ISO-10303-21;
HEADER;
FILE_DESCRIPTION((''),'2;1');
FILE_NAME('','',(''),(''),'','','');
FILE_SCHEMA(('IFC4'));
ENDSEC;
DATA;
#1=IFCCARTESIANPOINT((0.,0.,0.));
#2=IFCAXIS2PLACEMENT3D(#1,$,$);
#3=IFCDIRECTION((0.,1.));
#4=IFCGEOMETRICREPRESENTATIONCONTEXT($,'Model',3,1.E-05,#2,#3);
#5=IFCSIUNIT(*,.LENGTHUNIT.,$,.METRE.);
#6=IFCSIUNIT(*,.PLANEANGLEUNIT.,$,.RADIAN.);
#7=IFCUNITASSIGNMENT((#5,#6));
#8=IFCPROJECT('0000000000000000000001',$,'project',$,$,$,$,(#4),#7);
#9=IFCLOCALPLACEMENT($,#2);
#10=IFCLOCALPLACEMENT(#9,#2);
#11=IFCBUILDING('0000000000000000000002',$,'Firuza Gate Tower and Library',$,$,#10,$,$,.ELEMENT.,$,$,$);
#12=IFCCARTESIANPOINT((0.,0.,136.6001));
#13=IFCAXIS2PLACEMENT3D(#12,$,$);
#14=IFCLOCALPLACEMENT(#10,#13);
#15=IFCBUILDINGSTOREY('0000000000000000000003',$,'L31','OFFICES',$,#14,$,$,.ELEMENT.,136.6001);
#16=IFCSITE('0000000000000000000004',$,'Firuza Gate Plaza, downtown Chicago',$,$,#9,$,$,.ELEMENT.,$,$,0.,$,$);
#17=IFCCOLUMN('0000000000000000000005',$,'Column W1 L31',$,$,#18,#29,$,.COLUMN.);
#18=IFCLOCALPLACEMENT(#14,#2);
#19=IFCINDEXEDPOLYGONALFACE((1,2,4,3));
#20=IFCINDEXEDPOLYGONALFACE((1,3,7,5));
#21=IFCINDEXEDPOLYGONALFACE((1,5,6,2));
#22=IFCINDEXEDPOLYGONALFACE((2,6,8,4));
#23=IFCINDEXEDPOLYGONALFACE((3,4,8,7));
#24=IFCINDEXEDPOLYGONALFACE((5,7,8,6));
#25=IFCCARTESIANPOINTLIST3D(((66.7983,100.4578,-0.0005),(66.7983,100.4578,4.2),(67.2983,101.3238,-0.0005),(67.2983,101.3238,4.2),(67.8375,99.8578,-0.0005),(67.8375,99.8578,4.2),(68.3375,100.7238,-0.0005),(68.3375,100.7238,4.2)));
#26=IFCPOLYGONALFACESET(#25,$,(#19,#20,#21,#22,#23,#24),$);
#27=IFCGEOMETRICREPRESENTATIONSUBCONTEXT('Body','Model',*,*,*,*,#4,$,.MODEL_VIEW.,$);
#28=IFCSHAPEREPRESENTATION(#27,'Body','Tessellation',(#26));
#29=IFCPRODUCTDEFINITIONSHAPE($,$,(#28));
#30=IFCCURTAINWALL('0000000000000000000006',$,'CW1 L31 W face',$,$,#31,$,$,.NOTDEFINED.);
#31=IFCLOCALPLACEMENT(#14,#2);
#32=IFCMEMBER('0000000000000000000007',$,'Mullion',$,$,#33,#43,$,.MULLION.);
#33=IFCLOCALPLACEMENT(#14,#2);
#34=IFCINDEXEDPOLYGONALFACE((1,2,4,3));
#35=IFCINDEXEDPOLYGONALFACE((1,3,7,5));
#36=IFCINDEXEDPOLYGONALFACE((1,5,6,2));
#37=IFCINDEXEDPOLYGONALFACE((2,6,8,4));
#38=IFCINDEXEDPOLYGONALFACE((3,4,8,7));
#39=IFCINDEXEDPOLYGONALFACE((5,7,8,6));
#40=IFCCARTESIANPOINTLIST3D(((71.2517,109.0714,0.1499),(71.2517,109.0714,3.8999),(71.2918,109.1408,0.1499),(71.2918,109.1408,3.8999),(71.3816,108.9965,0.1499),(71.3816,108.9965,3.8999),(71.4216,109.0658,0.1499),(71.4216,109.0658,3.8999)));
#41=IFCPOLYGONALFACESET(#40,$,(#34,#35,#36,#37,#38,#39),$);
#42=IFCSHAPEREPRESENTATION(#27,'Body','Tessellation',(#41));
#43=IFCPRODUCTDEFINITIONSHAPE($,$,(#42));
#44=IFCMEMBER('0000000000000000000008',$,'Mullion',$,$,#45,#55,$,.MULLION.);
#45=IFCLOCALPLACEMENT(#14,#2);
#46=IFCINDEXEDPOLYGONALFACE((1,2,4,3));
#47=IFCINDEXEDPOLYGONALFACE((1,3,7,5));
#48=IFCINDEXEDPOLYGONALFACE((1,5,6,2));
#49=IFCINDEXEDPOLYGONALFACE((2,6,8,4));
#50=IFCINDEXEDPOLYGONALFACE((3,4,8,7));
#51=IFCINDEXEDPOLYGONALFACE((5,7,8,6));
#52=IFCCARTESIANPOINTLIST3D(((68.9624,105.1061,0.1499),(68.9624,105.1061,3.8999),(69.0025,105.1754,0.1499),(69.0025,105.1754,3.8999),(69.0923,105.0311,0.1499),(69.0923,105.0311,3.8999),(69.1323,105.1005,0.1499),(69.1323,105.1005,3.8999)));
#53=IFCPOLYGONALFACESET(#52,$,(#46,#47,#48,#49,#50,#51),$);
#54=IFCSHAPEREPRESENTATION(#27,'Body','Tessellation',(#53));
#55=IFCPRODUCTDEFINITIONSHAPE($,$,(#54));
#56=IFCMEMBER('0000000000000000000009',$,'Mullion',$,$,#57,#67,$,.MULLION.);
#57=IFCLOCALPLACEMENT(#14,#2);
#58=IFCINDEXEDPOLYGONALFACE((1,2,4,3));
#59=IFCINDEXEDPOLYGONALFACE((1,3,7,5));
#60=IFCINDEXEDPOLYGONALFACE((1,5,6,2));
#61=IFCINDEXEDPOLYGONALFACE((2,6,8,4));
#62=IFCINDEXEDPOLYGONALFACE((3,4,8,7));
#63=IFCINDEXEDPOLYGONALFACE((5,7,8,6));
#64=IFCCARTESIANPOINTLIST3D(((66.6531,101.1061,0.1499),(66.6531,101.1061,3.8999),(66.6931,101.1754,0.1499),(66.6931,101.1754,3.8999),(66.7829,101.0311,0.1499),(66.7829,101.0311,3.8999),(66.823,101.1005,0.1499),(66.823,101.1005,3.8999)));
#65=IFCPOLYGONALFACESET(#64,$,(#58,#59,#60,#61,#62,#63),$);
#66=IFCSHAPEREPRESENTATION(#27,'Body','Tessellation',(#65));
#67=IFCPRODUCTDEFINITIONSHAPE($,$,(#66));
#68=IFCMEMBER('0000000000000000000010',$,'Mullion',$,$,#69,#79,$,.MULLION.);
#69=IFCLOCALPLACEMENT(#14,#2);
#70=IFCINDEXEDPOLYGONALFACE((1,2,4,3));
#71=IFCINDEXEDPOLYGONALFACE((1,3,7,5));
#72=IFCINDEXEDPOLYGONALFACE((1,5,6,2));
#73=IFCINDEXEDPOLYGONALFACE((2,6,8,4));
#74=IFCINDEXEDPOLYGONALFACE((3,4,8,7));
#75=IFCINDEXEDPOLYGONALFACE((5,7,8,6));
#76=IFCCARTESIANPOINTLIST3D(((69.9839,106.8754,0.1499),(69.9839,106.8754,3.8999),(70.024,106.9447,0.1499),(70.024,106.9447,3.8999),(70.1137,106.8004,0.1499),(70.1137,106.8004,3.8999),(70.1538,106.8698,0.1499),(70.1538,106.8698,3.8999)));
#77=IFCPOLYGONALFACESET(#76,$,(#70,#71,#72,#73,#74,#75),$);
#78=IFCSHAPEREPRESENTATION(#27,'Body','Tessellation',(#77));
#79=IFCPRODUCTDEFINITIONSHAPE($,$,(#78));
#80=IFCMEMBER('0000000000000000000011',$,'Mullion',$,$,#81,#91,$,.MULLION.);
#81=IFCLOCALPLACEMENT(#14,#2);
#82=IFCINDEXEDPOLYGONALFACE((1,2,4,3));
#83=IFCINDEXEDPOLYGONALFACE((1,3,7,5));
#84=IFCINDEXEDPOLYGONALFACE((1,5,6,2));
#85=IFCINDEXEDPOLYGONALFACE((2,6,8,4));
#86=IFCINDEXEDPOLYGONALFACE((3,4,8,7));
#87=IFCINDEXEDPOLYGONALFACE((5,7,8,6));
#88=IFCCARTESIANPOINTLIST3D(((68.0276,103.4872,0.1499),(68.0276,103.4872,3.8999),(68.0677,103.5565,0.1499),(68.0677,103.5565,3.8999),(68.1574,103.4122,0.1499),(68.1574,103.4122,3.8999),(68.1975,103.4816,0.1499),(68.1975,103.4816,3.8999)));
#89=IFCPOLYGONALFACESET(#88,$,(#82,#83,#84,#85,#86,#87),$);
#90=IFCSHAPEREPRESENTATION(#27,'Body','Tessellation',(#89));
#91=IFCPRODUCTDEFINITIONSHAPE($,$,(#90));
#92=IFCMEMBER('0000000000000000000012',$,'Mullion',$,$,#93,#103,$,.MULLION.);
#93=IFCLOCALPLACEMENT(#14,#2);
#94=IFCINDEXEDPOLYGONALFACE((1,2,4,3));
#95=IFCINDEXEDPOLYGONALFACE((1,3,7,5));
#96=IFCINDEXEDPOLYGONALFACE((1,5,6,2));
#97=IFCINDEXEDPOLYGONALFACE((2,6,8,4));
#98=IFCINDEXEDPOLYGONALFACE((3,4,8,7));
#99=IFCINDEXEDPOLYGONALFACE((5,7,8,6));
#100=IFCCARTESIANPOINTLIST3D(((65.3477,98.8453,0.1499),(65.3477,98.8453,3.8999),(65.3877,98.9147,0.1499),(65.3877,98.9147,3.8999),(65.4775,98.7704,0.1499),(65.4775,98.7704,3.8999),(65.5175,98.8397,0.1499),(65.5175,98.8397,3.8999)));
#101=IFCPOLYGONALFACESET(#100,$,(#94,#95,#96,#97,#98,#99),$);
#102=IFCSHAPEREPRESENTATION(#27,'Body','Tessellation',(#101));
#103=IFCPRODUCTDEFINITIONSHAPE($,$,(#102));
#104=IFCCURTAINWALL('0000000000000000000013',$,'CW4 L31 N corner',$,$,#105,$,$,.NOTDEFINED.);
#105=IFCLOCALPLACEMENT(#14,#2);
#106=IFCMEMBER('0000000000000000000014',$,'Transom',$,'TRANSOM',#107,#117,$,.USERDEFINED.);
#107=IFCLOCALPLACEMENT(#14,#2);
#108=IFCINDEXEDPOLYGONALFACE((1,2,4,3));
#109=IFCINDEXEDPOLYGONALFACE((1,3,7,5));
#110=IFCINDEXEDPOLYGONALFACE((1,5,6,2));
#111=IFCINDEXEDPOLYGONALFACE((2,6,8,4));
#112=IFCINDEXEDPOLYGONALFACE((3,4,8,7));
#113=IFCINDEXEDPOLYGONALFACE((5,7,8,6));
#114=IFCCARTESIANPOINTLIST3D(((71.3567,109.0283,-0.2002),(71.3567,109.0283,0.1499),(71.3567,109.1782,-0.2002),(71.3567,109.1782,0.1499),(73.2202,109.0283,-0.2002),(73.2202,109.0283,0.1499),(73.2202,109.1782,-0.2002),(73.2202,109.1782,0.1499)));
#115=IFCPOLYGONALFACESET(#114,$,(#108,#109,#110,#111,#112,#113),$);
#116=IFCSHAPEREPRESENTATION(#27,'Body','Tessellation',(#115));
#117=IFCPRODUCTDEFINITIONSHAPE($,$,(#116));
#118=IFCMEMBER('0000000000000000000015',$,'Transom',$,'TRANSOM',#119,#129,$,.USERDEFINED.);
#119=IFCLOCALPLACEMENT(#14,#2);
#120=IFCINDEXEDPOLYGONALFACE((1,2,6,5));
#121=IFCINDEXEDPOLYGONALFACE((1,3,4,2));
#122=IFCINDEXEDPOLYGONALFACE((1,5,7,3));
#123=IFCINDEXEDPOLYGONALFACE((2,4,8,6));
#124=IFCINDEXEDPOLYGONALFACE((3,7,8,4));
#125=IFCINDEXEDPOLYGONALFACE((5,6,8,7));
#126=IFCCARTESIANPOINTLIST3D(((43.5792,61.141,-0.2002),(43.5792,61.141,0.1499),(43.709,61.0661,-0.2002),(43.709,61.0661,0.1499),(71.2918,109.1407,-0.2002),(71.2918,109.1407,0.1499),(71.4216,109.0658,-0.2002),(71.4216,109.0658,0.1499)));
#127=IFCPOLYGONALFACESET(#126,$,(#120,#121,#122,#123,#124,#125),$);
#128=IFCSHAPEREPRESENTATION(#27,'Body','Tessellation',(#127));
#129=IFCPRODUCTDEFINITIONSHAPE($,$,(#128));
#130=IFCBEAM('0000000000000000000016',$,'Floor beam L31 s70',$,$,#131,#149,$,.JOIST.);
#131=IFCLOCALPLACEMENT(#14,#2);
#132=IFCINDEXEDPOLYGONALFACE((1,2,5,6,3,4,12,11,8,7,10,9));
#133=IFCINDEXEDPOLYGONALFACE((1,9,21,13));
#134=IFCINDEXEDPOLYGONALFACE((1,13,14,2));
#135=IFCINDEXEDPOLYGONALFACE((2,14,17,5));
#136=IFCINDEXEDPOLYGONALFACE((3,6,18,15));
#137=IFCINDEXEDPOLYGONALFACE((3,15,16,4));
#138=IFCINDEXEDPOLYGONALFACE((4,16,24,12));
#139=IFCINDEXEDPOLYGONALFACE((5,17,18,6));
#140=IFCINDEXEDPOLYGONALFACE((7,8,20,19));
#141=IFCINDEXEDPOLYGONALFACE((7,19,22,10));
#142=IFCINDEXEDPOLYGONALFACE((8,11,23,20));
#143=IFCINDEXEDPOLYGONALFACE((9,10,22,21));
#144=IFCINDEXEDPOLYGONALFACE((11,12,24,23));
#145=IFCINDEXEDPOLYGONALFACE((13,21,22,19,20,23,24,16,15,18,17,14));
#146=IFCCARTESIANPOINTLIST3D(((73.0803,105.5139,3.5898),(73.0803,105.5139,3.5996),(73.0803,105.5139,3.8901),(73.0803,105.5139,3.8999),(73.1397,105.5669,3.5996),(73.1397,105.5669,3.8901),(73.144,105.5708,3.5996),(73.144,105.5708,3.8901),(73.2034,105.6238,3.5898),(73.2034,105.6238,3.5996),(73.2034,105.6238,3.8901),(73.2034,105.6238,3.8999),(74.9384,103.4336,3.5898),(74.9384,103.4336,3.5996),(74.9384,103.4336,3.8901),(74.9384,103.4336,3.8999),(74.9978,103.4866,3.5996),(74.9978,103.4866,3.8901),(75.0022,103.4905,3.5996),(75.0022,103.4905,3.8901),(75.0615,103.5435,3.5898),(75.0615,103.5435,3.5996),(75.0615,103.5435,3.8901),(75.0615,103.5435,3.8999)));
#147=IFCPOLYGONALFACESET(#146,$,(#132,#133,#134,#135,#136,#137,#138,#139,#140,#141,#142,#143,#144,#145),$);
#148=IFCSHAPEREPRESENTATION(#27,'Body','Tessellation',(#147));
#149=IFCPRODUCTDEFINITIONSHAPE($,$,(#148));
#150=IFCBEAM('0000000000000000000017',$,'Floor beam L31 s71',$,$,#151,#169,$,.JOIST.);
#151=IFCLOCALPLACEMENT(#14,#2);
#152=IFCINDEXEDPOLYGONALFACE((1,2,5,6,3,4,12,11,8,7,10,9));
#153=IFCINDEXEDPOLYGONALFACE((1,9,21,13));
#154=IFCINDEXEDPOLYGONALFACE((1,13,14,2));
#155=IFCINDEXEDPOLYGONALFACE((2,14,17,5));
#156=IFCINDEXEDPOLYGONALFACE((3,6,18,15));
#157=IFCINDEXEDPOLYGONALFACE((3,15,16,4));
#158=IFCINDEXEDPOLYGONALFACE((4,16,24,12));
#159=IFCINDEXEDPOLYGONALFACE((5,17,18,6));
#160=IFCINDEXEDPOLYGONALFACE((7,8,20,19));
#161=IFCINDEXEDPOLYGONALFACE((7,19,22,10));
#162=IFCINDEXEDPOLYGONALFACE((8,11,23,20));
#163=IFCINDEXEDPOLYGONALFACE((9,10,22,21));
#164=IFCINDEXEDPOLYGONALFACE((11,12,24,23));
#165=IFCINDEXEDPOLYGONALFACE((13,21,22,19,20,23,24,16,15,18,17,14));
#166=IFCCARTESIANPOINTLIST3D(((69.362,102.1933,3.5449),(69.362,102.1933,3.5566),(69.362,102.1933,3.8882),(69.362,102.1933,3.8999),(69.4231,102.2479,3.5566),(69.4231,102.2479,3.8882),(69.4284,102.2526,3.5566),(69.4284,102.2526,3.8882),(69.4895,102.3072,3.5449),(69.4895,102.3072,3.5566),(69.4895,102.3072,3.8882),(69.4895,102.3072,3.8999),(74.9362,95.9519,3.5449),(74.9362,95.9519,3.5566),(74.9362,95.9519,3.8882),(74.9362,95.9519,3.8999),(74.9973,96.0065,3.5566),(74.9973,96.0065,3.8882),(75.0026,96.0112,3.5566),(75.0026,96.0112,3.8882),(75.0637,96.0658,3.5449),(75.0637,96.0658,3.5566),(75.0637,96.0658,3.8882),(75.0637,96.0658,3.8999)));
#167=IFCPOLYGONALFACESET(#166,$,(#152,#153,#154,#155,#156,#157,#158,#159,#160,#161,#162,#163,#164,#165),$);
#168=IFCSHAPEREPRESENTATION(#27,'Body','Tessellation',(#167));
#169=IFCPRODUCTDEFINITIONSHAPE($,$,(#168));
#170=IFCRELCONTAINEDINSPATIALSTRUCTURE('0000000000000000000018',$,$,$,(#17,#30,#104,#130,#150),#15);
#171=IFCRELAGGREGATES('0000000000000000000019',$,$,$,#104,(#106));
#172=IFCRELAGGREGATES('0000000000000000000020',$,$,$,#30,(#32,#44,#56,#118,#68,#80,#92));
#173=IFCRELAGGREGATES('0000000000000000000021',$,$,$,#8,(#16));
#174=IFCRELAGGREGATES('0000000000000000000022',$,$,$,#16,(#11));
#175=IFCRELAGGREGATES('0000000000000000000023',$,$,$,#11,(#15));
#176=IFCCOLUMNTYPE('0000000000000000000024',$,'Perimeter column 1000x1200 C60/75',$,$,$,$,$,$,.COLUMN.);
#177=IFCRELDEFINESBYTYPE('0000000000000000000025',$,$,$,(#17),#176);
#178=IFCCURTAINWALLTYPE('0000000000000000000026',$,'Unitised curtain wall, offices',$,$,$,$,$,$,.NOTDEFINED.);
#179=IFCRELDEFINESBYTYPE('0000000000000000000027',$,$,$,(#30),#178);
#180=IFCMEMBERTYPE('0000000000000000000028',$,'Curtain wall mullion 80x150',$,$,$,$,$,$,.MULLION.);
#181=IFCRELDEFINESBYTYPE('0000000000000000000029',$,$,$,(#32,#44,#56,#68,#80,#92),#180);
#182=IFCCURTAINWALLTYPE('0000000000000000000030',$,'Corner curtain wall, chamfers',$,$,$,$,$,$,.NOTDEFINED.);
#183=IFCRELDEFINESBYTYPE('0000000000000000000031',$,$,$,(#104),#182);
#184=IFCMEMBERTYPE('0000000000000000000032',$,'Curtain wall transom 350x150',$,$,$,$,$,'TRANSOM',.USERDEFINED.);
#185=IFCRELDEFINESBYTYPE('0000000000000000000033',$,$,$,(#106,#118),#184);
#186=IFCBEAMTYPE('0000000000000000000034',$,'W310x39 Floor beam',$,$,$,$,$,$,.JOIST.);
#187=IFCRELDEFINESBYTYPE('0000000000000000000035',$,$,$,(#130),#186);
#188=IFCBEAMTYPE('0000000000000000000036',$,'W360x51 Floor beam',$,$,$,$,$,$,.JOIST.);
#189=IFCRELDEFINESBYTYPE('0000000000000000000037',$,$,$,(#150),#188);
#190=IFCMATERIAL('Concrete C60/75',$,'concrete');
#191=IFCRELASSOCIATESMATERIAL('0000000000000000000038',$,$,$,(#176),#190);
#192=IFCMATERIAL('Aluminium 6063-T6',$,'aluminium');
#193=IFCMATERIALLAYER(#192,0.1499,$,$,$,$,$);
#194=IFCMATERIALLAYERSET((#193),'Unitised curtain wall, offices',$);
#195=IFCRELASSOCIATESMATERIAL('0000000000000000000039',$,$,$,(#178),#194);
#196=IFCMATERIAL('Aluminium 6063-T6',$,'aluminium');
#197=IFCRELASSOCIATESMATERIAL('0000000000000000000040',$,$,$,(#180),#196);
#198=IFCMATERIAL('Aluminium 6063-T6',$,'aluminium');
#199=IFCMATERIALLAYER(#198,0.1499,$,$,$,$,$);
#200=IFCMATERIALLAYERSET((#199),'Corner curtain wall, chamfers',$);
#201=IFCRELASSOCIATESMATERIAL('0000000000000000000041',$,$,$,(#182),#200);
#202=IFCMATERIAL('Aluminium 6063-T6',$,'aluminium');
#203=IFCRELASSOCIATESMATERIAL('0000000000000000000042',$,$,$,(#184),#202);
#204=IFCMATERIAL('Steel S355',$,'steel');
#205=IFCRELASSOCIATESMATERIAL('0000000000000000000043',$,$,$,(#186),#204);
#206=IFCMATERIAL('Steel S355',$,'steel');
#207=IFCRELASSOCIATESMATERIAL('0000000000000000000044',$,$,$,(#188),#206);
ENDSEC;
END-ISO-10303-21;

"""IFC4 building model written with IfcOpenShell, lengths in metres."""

from ifc_helpers import new_model, si_unit, direction, frame, origin, origin_2d, place, context, subcontext, project, spatial, rectangle, i_section, extrude, material, layer, layer_set, material_profile, profile_set, type_object, element, aggregate, save


model = new_model("IFC4")

# Units and contexts
model_context = context("Model", 3, precision=1e-05, world=origin(), true_north=direction((0.0, 1.0)))
body_context = subcontext(model_context, "Body", "Model", "MODEL_VIEW")
ifc_project = project(units=[si_unit("LENGTHUNIT", "METRE"), si_unit("PLANEANGLEUNIT", "RADIAN")], contexts=[model_context])

# Site, building, storey
site_placement = place(None, origin())
site = spatial("IfcSite", under=ifc_project, at=site_placement, Name="Firuza Gate Plaza, downtown Chicago", CompositionType="ELEMENT", RefElevation=0.0)
building_placement = place(site_placement, origin())
building = spatial("IfcBuilding", under=site, at=building_placement, Name="Firuza Gate Tower and Library", CompositionType="ELEMENT")
storey_placement = place(building_placement, frame((0.0, 0.0, 136.6001)))
storey = spatial("IfcBuildingStorey", under=building, at=storey_placement, Name="L31", Description="OFFICES", CompositionType="ELEMENT", Elevation=136.6001)

# Column
ifc_material_1 = material(Name="Concrete C60/75", Category="concrete")
ifc_material_profile_1 = material_profile(ifc_material_1, rectangle(XDim=1.0, YDim=1.2, at=origin_2d()))
ifc_profile_set_1 = profile_set([ifc_material_profile_1], Name="Concrete C60/75")
column_type = type_object("IfcColumnType", Name="Perimeter column 1000x1200 C60/75", PredefinedType="COLUMN", material=ifc_profile_set_1)
column_placement = place(storey_placement, frame((67.5679, 100.5908, -0.0005), z_axis=(0.0, 0.0, 1.0), x_axis=(-0.5, -0.866025, 0.0)))
element("IfcColumn", 1, at=column_placement, inside=storey, type_object=column_type, Name="Column W1 L31", PredefinedType="COLUMN", context=body_context, shape_type="SweptSolid", body=[
    extrude(rectangle(XDim=1.0, YDim=1.2, at=origin_2d()), origin(), (0.0, 0.0, 1.0), 4.2004),
])

# Curtain wall, members
ifc_material_2 = material(Name="Aluminium 6063-T6", Category="aluminium")
ifc_layer_1 = layer(ifc_material_2, 0.1499)
ifc_layer_set_1 = layer_set([ifc_layer_1], Name="Unitised curtain wall, offices")
curtain_wall_type_1 = type_object("IfcCurtainWallType", Name="Unitised curtain wall, offices", PredefinedType="NOTDEFINED", material=ifc_layer_set_1)
placement = place(storey_placement, origin())
curtain_wall_1 = element("IfcCurtainWall", 2, at=placement, inside=storey, type_object=curtain_wall_type_1, Name="CW1 L31 W face", PredefinedType="NOTDEFINED")
ifc_material_3 = material(Name="Aluminium 6063-T6", Category="aluminium")
ifc_material_profile_2 = material_profile(ifc_material_3, rectangle(XDim=0.1499, YDim=0.0801, at=origin_2d()))
ifc_profile_set_2 = profile_set([ifc_material_profile_2], Name="Aluminium 6063-T6")
member_type_1 = type_object("IfcMemberType", Name="Curtain wall mullion 80x150", PredefinedType="MULLION", material=ifc_profile_set_2)
member_1_placement = place(storey_placement, frame((71.3367, 109.0686, 0.1499), z_axis=(0.0, 0.0, 1.0), x_axis=(0.866025, -0.5, 0.0)))
member_1 = element("IfcMember", 3, at=member_1_placement, type_object=member_type_1, Name="Mullion", PredefinedType="MULLION", context=body_context, shape_type="SweptSolid", body=[
    extrude(rectangle(XDim=0.1499, YDim=0.0801, at=origin_2d()), origin(), (0.0, 0.0, 1.0), 3.75),
])
member_2_placement = place(storey_placement, frame((69.0474, 105.1033, 0.1499), z_axis=(0.0, 0.0, 1.0), x_axis=(0.866025, -0.5, 0.0)))
member_2 = element("IfcMember", 4, at=member_2_placement, type_object=member_type_1, Name="Mullion", PredefinedType="MULLION", context=body_context, shape_type="SweptSolid", body=[
    extrude(rectangle(XDim=0.1499, YDim=0.0801, at=origin_2d()), origin(), (0.0, 0.0, 1.0), 3.75),
])
member_3_placement = place(storey_placement, frame((66.738, 101.1033, 0.1499), z_axis=(0.0, 0.0, 1.0), x_axis=(0.866025, -0.5, 0.0)))
member_3 = element("IfcMember", 5, at=member_3_placement, type_object=member_type_1, Name="Mullion", PredefinedType="MULLION", context=body_context, shape_type="SweptSolid", body=[
    extrude(rectangle(XDim=0.1499, YDim=0.0801, at=origin_2d()), origin(), (0.0, 0.0, 1.0), 3.75),
])
member_4_placement = place(storey_placement, frame((70.0688, 106.8726, 0.1499), z_axis=(0.0, 0.0, 1.0), x_axis=(0.866025, -0.5, 0.0)))
member_4 = element("IfcMember", 6, at=member_4_placement, type_object=member_type_1, Name="Mullion", PredefinedType="MULLION", context=body_context, shape_type="SweptSolid", body=[
    extrude(rectangle(XDim=0.1499, YDim=0.0801, at=origin_2d()), origin(), (0.0, 0.0, 1.0), 3.75),
])
member_5_placement = place(storey_placement, frame((68.1125, 103.4844, 0.1499), z_axis=(0.0, 0.0, 1.0), x_axis=(0.866025, -0.5, 0.0)))
member_5 = element("IfcMember", 7, at=member_5_placement, type_object=member_type_1, Name="Mullion", PredefinedType="MULLION", context=body_context, shape_type="SweptSolid", body=[
    extrude(rectangle(XDim=0.1499, YDim=0.0801, at=origin_2d()), origin(), (0.0, 0.0, 1.0), 3.75),
])
member_6_placement = place(storey_placement, frame((65.4326, 98.8425, 0.1499), z_axis=(0.0, 0.0, 1.0), x_axis=(0.866025, -0.5, 0.0)))
member_6 = element("IfcMember", 8, at=member_6_placement, type_object=member_type_1, Name="Mullion", PredefinedType="MULLION", context=body_context, shape_type="SweptSolid", body=[
    extrude(rectangle(XDim=0.1499, YDim=0.0801, at=origin_2d()), origin(), (0.0, 0.0, 1.0), 3.75),
])

# Curtain wall, member
ifc_material_4 = material(Name="Aluminium 6063-T6", Category="aluminium")
ifc_layer_2 = layer(ifc_material_4, 0.1499)
ifc_layer_set_2 = layer_set([ifc_layer_2], Name="Corner curtain wall, chamfers")
curtain_wall_type_2 = type_object("IfcCurtainWallType", Name="Corner curtain wall, chamfers", PredefinedType="NOTDEFINED", material=ifc_layer_set_2)
curtain_wall_2 = element("IfcCurtainWall", 9, at=placement, inside=storey, type_object=curtain_wall_type_2, Name="CW4 L31 N corner", PredefinedType="NOTDEFINED")
ifc_material_5 = material(Name="Aluminium 6063-T6", Category="aluminium")
ifc_material_profile_3 = material_profile(ifc_material_5, rectangle(XDim=0.1499, YDim=0.3501, at=origin_2d()))
ifc_profile_set_3 = profile_set([ifc_material_profile_3], Name="Aluminium 6063-T6")
member_type_2 = type_object("IfcMemberType", Name="Curtain wall transom 350x150", ElementType="TRANSOM", PredefinedType="USERDEFINED", material=ifc_profile_set_3)
member_7_placement = place(storey_placement, frame((73.2202, 109.1033, -0.0251), z_axis=(-1.0, 0.0, 0.0), x_axis=(0.0, -1.0, 0.0)))
member_7 = element("IfcMember", 10, at=member_7_placement, type_object=member_type_2, Name="Transom", ObjectType="TRANSOM", PredefinedType="USERDEFINED", context=body_context, shape_type="SweptSolid", body=[
    extrude(rectangle(XDim=0.1499, YDim=0.3501, at=origin_2d()), origin(), (0.0, 0.0, 1.0), 1.8635),
])
aggregate(curtain_wall_2, [member_7])

# Member
member_8_placement = place(storey_placement, frame((71.3567, 109.1033, -0.0251), z_axis=(-0.5, -0.866026, 0.0), x_axis=(0.866026, -0.5, 0.0)))
member_8 = element("IfcMember", 11, at=member_8_placement, type_object=member_type_2, Name="Transom", ObjectType="TRANSOM", PredefinedType="USERDEFINED", context=body_context, shape_type="SweptSolid", body=[
    extrude(rectangle(XDim=0.1499, YDim=0.3501, at=origin_2d()), origin(), (0.0, 0.0, 1.0), 55.4253),
])

# Beams
ifc_material_6 = material(Name="Steel S355", Category="steel")
ifc_material_profile_4 = material_profile(ifc_material_6, i_section(OverallWidth=0.165, OverallDepth=0.3101, WebThickness=0.0059, FlangeThickness=0.0098, at=origin_2d()))
ifc_profile_set_4 = profile_set([ifc_material_profile_4], Name="Steel S355")
beam_type_1 = type_object("IfcBeamType", Name="W310x39 Floor beam", PredefinedType="JOIST", material=ifc_profile_set_4)
beam_1_placement = place(storey_placement, frame((73.1418, 105.5688, 3.7449), z_axis=(0.66616, -0.745809, 0.0), x_axis=(0.745809, 0.66616, 0.0)))
element("IfcBeam", 12, at=beam_1_placement, inside=storey, type_object=beam_type_1, Name="Floor beam L31 s70", PredefinedType="JOIST", context=body_context, shape_type="SweptSolid", body=[
    extrude(i_section(OverallWidth=0.165, OverallDepth=0.3101, WebThickness=0.0059, FlangeThickness=0.0098, at=origin_2d()), origin(), (0.0, 0.0, 1.0), 2.7893),
])
ifc_material_7 = material(Name="Steel S355", Category="steel")
ifc_material_profile_5 = material_profile(ifc_material_7, i_section(OverallWidth=0.1709, OverallDepth=0.355, WebThickness=0.0071, FlangeThickness=0.0117, at=origin_2d()))
ifc_profile_set_5 = profile_set([ifc_material_profile_5], Name="Steel S355")
beam_type_2 = type_object("IfcBeamType", Name="W360x51 Floor beam", PredefinedType="JOIST", material=ifc_profile_set_5)
beam_2_placement = place(storey_placement, frame((69.4258, 102.2502, 3.7224), z_axis=(0.666115, -0.745849, 0.0), x_axis=(0.745849, 0.666115, 0.0)))
element("IfcBeam", 13, at=beam_2_placement, inside=storey, type_object=beam_type_2, Name="Floor beam L31 s71", PredefinedType="JOIST", context=body_context, shape_type="SweptSolid", body=[
    extrude(i_section(OverallWidth=0.1709, OverallDepth=0.355, WebThickness=0.0071, FlangeThickness=0.0117, at=origin_2d()), origin(), (0.0, 0.0, 1.0), 8.3682),
])

aggregate(curtain_wall_1, [member_1, member_2, member_3, member_8, member_4, member_5, member_6])

save(model, "model.ifc")
